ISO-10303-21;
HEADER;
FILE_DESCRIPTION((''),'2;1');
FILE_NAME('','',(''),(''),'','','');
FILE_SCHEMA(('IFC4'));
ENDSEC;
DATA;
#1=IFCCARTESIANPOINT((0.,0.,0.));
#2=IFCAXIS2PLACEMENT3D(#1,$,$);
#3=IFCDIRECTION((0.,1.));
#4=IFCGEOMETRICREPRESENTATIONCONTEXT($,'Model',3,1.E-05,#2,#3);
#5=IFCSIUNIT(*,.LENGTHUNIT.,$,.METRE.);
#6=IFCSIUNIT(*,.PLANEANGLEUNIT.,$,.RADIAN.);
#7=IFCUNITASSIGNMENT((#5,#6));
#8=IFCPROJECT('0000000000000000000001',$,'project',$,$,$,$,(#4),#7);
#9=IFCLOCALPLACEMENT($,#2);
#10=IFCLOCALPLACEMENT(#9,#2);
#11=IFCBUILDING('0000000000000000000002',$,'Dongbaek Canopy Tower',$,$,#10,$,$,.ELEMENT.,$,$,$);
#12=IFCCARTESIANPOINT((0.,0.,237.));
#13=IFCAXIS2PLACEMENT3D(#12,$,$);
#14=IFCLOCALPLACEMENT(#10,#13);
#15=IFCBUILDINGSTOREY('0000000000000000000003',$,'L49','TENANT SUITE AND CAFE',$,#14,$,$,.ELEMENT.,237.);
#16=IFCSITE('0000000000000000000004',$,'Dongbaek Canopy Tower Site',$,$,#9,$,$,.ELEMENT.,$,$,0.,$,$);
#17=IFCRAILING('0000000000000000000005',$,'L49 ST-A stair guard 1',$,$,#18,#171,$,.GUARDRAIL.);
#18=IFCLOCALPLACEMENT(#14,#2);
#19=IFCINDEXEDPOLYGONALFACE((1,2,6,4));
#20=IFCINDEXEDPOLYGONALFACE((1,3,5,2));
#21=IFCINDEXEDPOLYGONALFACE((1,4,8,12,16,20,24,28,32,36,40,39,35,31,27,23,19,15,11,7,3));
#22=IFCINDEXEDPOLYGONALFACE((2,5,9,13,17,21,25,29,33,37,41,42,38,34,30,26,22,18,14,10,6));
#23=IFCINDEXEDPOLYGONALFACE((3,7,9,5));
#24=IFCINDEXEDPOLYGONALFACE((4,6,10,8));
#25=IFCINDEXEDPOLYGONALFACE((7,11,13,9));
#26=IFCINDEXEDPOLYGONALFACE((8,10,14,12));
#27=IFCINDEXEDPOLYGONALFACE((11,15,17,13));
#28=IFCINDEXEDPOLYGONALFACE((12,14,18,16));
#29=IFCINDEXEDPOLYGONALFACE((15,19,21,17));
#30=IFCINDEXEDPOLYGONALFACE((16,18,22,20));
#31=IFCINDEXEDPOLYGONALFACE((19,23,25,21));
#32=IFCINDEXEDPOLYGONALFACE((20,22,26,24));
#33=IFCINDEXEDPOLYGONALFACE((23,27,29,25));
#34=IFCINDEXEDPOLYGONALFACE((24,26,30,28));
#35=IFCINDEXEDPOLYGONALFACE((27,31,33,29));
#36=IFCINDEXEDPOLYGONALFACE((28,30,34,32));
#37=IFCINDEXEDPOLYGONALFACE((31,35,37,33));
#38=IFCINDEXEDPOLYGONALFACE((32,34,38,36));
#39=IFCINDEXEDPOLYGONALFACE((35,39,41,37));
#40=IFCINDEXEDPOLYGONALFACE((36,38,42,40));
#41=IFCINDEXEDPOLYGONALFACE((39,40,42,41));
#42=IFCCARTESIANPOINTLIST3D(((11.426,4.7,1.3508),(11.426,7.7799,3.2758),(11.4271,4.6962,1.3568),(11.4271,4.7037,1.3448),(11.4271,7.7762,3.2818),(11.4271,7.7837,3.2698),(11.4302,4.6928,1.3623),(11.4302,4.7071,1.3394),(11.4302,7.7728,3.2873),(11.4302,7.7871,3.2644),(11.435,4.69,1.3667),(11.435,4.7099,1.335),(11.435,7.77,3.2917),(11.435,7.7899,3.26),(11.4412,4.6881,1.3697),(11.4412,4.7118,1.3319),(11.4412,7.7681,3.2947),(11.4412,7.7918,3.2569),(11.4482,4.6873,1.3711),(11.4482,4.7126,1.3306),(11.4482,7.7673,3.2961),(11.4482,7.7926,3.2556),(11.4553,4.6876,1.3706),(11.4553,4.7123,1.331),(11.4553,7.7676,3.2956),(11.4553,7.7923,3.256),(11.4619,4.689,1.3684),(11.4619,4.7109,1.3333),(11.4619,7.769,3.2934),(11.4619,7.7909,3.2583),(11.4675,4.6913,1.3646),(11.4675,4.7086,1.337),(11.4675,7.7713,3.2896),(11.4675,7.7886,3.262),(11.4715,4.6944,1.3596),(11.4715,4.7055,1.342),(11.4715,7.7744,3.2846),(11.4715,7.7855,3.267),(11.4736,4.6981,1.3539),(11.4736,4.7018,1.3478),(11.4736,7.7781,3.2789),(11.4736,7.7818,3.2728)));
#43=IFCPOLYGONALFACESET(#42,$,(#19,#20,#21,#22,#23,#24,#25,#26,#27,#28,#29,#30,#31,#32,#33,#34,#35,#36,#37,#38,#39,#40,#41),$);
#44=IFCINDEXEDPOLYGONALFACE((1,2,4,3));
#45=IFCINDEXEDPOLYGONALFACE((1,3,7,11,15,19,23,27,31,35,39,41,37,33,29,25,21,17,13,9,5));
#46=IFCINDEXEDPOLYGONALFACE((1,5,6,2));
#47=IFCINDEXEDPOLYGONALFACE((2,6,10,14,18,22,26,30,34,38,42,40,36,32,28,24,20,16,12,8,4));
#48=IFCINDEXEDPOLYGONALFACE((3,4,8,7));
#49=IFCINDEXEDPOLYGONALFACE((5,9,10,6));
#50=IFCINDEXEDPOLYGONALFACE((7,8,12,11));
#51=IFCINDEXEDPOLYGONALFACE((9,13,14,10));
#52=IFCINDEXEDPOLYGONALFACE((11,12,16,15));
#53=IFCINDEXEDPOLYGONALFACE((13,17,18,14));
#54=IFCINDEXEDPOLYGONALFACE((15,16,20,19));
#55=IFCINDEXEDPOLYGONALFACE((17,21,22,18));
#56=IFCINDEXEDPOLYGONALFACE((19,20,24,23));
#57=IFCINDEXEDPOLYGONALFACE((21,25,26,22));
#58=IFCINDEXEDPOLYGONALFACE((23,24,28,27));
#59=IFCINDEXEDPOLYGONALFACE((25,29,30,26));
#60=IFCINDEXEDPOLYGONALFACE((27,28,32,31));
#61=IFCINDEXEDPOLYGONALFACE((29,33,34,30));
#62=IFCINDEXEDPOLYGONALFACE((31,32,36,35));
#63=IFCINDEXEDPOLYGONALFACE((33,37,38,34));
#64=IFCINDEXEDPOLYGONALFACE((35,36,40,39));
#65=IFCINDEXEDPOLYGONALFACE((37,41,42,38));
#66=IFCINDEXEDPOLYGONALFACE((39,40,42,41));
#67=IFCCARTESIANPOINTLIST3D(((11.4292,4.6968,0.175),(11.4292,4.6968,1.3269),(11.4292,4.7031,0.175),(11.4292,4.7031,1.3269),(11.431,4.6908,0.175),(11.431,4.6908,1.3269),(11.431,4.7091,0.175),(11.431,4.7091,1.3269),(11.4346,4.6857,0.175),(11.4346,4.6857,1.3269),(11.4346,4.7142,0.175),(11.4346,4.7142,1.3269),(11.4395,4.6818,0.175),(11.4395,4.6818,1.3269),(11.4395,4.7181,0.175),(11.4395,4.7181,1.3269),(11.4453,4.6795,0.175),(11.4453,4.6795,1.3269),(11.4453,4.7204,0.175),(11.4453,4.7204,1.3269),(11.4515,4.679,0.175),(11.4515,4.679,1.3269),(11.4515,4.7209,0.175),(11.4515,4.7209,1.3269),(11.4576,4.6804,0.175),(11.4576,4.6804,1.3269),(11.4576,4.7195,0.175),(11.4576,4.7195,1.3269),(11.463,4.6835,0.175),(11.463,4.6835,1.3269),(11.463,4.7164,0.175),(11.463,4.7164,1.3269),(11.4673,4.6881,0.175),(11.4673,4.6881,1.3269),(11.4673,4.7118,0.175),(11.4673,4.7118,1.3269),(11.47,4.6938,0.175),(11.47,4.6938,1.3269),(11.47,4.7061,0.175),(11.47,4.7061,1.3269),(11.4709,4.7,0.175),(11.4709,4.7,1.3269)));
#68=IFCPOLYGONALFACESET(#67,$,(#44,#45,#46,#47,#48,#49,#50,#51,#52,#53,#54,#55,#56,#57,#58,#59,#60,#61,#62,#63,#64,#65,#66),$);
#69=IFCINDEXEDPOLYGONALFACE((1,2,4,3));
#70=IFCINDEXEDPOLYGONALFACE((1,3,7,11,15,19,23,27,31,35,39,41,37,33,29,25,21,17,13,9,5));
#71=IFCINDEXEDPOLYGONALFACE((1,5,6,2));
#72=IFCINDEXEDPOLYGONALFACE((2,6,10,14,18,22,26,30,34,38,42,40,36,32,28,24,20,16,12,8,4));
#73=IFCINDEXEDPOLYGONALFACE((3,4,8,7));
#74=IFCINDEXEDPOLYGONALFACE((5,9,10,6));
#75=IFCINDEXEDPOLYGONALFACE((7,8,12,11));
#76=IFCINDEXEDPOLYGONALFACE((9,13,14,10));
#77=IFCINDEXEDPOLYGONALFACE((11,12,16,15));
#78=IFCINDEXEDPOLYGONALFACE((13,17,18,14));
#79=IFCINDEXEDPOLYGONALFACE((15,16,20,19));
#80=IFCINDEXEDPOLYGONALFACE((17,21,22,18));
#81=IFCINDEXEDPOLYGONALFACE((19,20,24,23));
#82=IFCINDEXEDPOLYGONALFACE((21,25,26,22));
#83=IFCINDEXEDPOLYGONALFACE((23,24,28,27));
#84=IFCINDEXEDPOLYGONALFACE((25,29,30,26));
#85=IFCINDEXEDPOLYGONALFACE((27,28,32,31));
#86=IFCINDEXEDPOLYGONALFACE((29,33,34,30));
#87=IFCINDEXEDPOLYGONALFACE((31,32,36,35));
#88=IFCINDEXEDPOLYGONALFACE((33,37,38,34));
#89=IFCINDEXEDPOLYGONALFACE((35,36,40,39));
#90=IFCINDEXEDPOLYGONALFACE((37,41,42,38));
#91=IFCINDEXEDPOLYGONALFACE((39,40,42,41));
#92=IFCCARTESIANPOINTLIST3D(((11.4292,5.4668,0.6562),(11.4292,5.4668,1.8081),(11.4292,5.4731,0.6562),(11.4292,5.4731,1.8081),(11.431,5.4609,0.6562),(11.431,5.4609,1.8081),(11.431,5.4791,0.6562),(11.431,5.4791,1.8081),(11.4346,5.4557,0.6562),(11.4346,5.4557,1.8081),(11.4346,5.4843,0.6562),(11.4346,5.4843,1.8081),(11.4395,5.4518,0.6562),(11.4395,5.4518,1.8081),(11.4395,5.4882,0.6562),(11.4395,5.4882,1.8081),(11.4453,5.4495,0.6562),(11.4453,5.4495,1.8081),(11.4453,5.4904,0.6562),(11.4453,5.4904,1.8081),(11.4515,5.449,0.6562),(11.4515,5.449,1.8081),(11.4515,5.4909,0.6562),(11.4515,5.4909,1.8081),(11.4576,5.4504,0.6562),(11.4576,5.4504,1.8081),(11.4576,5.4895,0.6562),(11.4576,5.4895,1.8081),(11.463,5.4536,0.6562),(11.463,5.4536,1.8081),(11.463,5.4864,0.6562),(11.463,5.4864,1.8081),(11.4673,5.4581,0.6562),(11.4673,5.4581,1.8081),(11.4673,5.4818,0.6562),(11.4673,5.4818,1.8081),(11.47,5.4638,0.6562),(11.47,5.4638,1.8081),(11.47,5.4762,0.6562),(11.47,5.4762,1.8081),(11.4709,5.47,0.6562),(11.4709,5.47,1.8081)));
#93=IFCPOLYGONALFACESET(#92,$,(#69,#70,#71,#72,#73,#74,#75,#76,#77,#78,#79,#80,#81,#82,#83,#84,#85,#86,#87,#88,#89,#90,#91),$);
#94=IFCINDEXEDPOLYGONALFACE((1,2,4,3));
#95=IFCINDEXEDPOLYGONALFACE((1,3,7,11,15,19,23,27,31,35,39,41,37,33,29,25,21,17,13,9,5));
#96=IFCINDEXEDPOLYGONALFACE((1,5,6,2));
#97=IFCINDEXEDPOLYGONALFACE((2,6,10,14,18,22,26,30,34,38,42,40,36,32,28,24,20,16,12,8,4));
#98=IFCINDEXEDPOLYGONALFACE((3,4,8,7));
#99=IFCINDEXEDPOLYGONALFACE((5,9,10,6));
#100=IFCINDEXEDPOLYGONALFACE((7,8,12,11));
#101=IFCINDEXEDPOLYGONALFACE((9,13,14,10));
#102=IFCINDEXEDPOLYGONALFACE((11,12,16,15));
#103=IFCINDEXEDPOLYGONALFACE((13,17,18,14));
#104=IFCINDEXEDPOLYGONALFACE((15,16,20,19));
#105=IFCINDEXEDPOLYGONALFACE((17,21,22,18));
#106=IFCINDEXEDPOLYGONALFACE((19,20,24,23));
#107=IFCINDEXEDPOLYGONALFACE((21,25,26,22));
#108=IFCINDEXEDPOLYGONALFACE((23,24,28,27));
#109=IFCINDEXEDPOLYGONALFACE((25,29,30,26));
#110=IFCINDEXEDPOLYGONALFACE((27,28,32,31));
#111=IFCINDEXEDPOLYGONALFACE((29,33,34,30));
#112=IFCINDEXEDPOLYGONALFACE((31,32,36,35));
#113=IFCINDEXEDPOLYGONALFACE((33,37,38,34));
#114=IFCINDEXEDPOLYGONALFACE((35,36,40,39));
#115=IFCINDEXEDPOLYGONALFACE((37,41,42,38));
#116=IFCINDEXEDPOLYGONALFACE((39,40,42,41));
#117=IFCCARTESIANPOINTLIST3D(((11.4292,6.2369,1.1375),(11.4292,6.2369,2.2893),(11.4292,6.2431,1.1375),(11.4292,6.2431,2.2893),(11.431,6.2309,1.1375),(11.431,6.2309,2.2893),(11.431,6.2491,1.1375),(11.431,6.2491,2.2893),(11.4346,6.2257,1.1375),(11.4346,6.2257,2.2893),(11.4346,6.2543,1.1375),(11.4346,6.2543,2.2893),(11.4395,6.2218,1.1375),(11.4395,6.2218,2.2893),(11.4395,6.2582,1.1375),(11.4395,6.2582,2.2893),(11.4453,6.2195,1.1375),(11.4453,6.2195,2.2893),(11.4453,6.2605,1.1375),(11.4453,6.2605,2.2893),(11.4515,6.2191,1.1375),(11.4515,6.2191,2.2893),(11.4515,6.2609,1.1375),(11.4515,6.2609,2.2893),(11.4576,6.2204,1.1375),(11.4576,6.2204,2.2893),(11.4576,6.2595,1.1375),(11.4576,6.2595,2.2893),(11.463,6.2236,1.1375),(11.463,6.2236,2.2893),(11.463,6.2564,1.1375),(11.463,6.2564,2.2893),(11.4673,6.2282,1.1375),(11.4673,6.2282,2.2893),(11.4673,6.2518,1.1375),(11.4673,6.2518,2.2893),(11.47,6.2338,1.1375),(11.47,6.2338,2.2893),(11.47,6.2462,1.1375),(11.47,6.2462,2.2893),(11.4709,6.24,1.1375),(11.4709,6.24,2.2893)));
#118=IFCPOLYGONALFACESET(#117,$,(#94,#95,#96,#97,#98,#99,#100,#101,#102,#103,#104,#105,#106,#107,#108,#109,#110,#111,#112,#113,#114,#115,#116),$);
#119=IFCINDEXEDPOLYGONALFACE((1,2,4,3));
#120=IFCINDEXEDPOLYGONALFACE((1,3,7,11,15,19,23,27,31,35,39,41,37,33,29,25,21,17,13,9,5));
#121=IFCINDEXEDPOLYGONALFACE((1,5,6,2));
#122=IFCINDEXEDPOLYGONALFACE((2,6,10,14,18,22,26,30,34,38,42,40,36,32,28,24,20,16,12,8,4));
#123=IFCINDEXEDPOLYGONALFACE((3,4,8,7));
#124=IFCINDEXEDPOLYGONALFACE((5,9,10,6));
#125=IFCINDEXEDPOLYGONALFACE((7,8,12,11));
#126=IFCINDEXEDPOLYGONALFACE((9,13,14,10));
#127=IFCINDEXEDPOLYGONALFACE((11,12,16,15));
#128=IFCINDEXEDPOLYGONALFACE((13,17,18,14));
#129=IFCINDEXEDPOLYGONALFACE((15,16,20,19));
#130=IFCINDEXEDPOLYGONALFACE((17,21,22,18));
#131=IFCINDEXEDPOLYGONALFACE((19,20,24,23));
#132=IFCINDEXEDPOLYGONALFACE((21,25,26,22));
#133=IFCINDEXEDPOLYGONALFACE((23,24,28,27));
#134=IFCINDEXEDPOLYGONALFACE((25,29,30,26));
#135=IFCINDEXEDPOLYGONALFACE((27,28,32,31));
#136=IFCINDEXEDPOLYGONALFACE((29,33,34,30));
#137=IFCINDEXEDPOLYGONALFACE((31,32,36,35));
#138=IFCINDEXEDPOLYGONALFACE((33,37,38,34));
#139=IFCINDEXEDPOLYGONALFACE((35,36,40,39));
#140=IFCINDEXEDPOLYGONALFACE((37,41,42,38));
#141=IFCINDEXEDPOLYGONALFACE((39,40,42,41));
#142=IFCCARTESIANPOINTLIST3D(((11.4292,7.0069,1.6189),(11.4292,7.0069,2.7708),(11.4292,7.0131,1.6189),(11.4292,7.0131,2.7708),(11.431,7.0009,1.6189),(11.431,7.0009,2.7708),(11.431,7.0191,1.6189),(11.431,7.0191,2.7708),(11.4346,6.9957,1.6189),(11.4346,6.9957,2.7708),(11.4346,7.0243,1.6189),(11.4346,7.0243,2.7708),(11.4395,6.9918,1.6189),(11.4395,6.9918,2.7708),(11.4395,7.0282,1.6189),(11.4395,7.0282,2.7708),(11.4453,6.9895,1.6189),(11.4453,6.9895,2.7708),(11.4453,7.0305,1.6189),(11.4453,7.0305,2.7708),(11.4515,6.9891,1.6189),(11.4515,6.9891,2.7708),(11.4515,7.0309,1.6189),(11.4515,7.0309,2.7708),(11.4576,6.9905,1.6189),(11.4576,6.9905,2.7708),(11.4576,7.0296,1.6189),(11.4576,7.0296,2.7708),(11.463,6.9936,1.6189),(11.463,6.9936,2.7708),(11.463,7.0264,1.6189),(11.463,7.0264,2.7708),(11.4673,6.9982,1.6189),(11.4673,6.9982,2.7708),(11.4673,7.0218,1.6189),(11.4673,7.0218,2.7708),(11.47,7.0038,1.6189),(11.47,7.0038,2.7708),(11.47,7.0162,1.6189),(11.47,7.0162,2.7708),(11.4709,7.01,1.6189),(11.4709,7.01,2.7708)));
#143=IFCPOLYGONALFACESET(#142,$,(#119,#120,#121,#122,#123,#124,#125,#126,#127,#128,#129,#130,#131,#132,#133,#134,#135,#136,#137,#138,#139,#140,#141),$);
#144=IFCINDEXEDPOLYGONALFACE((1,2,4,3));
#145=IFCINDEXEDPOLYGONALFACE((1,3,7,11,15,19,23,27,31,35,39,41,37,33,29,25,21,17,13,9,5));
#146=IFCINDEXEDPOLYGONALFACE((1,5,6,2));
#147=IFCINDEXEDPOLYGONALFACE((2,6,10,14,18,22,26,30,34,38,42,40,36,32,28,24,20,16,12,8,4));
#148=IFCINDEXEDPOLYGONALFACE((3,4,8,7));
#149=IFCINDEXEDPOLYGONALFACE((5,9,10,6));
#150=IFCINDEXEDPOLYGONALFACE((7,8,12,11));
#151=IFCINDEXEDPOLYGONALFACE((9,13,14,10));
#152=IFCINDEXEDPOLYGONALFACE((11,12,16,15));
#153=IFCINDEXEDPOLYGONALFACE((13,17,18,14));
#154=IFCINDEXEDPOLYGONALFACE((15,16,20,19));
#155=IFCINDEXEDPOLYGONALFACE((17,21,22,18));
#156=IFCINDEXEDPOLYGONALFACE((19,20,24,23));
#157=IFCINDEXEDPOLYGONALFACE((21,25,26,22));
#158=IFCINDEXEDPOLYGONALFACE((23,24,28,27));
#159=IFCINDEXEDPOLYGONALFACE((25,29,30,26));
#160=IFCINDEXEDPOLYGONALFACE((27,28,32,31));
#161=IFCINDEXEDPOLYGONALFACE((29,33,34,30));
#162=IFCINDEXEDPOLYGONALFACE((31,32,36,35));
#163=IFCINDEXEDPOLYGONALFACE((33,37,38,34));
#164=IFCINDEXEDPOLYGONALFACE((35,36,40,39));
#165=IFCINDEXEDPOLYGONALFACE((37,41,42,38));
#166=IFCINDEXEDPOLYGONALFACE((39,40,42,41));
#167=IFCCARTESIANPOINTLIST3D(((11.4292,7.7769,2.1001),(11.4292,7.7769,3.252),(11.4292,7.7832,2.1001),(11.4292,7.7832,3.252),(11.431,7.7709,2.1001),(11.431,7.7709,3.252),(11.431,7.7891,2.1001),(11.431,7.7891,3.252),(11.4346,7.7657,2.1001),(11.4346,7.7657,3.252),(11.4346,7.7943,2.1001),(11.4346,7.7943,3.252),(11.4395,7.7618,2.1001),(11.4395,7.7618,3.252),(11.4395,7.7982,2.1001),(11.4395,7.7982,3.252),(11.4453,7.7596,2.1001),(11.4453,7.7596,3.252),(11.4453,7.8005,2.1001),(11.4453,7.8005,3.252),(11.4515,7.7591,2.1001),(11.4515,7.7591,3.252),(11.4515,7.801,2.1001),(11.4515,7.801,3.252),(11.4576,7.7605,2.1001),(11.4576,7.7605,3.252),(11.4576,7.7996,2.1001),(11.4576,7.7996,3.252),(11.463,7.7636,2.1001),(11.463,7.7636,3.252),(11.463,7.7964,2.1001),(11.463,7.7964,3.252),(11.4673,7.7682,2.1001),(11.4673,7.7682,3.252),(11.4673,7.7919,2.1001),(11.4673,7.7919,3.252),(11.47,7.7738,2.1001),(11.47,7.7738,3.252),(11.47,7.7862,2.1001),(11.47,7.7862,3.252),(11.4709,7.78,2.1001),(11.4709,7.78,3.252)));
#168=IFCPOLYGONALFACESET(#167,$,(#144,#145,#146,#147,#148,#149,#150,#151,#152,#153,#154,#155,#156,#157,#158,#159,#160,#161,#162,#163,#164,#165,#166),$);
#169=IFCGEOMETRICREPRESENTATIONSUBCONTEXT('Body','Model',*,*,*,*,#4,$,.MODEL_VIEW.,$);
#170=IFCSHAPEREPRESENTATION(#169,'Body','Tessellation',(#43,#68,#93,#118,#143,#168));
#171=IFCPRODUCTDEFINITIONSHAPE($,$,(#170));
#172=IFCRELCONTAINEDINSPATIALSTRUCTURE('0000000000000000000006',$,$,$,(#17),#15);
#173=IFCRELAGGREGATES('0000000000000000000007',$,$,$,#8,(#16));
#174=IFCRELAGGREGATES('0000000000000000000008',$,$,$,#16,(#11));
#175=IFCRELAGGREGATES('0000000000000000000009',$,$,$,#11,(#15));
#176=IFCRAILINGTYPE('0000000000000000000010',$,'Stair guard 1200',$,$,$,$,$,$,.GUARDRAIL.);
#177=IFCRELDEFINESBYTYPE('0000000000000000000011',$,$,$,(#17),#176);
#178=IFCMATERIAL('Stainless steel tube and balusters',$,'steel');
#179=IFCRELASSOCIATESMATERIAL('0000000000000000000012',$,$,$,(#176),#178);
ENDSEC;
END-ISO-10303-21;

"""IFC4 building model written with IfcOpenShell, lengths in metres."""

from ifc_helpers import new_model, si_unit, direction, frame, origin, origin_2d, place, context, subcontext, project, spatial, circle, extrude, material, type_object, element, save


model = new_model("IFC4")

# Units and contexts
model_context = context("Model", 3, precision=1e-05, world=origin(), true_north=direction((0.0, 1.0)))
body_context = subcontext(model_context, "Body", "Model", "MODEL_VIEW")
ifc_project = project(units=[si_unit("LENGTHUNIT", "METRE"), si_unit("PLANEANGLEUNIT", "RADIAN")], contexts=[model_context])

# Site, building, storey
site_placement = place(None, origin())
site = spatial("IfcSite", under=ifc_project, at=site_placement, Name="Dongbaek Canopy Tower Site", CompositionType="ELEMENT", RefElevation=0.0)
building_placement = place(site_placement, origin())
building = spatial("IfcBuilding", under=site, at=building_placement, Name="Dongbaek Canopy Tower", CompositionType="ELEMENT")
storey_placement = place(building_placement, frame((0.0, 0.0, 237.0)))
storey = spatial("IfcBuildingStorey", under=building, at=storey_placement, Name="L49", Description="TENANT SUITE AND CAFE", CompositionType="ELEMENT", Elevation=237.0)

# Railing
ifc_material_1 = material(Name="Stainless steel tube and balusters", Category="steel")
railing_type_1 = type_object("IfcRailingType", Name="Stair guard 1200", PredefinedType="GUARDRAIL", material=ifc_material_1)
railing_1_placement = place(storey_placement, frame((11.45, 4.7, 0.175)))
element("IfcRailing", 1, at=railing_1_placement, inside=storey, type_object=railing_type_1, Name="L49 ST-A stair guard 1", PredefinedType="GUARDRAIL", context=body_context, shape_type="SweptSolid", body=[
    extrude(circle(Radius=0.0239, at=origin_2d()), frame((0.0, 0.0, 1.1758), z_axis=(0.0, 0.847998, 0.529999), x_axis=(-1.0, 0.0, 0.0)), (0.0, 0.0, 1.0), 3.6321),
    extrude(circle(Radius=0.021, at=origin_2d()), origin(), (0.0, 0.0, 1.0), 1.1519),
    extrude(circle(Radius=0.021, at=origin_2d()), frame((0.0, 0.77, 0.4812)), (0.0, 0.0, 1.0), 1.1519),
    extrude(circle(Radius=0.021, at=origin_2d()), frame((0.0, 1.54, 0.9624)), (0.0, 0.0, 1.0), 1.1519),
    extrude(circle(Radius=0.021, at=origin_2d()), frame((0.0, 2.3101, 1.4438)), (0.0, 0.0, 1.0), 1.1519),
    extrude(circle(Radius=0.021, at=origin_2d()), frame((0.0, 3.0801, 1.925)), (0.0, 0.0, 1.0), 1.1519),
])

save(model, "model.ifc")
